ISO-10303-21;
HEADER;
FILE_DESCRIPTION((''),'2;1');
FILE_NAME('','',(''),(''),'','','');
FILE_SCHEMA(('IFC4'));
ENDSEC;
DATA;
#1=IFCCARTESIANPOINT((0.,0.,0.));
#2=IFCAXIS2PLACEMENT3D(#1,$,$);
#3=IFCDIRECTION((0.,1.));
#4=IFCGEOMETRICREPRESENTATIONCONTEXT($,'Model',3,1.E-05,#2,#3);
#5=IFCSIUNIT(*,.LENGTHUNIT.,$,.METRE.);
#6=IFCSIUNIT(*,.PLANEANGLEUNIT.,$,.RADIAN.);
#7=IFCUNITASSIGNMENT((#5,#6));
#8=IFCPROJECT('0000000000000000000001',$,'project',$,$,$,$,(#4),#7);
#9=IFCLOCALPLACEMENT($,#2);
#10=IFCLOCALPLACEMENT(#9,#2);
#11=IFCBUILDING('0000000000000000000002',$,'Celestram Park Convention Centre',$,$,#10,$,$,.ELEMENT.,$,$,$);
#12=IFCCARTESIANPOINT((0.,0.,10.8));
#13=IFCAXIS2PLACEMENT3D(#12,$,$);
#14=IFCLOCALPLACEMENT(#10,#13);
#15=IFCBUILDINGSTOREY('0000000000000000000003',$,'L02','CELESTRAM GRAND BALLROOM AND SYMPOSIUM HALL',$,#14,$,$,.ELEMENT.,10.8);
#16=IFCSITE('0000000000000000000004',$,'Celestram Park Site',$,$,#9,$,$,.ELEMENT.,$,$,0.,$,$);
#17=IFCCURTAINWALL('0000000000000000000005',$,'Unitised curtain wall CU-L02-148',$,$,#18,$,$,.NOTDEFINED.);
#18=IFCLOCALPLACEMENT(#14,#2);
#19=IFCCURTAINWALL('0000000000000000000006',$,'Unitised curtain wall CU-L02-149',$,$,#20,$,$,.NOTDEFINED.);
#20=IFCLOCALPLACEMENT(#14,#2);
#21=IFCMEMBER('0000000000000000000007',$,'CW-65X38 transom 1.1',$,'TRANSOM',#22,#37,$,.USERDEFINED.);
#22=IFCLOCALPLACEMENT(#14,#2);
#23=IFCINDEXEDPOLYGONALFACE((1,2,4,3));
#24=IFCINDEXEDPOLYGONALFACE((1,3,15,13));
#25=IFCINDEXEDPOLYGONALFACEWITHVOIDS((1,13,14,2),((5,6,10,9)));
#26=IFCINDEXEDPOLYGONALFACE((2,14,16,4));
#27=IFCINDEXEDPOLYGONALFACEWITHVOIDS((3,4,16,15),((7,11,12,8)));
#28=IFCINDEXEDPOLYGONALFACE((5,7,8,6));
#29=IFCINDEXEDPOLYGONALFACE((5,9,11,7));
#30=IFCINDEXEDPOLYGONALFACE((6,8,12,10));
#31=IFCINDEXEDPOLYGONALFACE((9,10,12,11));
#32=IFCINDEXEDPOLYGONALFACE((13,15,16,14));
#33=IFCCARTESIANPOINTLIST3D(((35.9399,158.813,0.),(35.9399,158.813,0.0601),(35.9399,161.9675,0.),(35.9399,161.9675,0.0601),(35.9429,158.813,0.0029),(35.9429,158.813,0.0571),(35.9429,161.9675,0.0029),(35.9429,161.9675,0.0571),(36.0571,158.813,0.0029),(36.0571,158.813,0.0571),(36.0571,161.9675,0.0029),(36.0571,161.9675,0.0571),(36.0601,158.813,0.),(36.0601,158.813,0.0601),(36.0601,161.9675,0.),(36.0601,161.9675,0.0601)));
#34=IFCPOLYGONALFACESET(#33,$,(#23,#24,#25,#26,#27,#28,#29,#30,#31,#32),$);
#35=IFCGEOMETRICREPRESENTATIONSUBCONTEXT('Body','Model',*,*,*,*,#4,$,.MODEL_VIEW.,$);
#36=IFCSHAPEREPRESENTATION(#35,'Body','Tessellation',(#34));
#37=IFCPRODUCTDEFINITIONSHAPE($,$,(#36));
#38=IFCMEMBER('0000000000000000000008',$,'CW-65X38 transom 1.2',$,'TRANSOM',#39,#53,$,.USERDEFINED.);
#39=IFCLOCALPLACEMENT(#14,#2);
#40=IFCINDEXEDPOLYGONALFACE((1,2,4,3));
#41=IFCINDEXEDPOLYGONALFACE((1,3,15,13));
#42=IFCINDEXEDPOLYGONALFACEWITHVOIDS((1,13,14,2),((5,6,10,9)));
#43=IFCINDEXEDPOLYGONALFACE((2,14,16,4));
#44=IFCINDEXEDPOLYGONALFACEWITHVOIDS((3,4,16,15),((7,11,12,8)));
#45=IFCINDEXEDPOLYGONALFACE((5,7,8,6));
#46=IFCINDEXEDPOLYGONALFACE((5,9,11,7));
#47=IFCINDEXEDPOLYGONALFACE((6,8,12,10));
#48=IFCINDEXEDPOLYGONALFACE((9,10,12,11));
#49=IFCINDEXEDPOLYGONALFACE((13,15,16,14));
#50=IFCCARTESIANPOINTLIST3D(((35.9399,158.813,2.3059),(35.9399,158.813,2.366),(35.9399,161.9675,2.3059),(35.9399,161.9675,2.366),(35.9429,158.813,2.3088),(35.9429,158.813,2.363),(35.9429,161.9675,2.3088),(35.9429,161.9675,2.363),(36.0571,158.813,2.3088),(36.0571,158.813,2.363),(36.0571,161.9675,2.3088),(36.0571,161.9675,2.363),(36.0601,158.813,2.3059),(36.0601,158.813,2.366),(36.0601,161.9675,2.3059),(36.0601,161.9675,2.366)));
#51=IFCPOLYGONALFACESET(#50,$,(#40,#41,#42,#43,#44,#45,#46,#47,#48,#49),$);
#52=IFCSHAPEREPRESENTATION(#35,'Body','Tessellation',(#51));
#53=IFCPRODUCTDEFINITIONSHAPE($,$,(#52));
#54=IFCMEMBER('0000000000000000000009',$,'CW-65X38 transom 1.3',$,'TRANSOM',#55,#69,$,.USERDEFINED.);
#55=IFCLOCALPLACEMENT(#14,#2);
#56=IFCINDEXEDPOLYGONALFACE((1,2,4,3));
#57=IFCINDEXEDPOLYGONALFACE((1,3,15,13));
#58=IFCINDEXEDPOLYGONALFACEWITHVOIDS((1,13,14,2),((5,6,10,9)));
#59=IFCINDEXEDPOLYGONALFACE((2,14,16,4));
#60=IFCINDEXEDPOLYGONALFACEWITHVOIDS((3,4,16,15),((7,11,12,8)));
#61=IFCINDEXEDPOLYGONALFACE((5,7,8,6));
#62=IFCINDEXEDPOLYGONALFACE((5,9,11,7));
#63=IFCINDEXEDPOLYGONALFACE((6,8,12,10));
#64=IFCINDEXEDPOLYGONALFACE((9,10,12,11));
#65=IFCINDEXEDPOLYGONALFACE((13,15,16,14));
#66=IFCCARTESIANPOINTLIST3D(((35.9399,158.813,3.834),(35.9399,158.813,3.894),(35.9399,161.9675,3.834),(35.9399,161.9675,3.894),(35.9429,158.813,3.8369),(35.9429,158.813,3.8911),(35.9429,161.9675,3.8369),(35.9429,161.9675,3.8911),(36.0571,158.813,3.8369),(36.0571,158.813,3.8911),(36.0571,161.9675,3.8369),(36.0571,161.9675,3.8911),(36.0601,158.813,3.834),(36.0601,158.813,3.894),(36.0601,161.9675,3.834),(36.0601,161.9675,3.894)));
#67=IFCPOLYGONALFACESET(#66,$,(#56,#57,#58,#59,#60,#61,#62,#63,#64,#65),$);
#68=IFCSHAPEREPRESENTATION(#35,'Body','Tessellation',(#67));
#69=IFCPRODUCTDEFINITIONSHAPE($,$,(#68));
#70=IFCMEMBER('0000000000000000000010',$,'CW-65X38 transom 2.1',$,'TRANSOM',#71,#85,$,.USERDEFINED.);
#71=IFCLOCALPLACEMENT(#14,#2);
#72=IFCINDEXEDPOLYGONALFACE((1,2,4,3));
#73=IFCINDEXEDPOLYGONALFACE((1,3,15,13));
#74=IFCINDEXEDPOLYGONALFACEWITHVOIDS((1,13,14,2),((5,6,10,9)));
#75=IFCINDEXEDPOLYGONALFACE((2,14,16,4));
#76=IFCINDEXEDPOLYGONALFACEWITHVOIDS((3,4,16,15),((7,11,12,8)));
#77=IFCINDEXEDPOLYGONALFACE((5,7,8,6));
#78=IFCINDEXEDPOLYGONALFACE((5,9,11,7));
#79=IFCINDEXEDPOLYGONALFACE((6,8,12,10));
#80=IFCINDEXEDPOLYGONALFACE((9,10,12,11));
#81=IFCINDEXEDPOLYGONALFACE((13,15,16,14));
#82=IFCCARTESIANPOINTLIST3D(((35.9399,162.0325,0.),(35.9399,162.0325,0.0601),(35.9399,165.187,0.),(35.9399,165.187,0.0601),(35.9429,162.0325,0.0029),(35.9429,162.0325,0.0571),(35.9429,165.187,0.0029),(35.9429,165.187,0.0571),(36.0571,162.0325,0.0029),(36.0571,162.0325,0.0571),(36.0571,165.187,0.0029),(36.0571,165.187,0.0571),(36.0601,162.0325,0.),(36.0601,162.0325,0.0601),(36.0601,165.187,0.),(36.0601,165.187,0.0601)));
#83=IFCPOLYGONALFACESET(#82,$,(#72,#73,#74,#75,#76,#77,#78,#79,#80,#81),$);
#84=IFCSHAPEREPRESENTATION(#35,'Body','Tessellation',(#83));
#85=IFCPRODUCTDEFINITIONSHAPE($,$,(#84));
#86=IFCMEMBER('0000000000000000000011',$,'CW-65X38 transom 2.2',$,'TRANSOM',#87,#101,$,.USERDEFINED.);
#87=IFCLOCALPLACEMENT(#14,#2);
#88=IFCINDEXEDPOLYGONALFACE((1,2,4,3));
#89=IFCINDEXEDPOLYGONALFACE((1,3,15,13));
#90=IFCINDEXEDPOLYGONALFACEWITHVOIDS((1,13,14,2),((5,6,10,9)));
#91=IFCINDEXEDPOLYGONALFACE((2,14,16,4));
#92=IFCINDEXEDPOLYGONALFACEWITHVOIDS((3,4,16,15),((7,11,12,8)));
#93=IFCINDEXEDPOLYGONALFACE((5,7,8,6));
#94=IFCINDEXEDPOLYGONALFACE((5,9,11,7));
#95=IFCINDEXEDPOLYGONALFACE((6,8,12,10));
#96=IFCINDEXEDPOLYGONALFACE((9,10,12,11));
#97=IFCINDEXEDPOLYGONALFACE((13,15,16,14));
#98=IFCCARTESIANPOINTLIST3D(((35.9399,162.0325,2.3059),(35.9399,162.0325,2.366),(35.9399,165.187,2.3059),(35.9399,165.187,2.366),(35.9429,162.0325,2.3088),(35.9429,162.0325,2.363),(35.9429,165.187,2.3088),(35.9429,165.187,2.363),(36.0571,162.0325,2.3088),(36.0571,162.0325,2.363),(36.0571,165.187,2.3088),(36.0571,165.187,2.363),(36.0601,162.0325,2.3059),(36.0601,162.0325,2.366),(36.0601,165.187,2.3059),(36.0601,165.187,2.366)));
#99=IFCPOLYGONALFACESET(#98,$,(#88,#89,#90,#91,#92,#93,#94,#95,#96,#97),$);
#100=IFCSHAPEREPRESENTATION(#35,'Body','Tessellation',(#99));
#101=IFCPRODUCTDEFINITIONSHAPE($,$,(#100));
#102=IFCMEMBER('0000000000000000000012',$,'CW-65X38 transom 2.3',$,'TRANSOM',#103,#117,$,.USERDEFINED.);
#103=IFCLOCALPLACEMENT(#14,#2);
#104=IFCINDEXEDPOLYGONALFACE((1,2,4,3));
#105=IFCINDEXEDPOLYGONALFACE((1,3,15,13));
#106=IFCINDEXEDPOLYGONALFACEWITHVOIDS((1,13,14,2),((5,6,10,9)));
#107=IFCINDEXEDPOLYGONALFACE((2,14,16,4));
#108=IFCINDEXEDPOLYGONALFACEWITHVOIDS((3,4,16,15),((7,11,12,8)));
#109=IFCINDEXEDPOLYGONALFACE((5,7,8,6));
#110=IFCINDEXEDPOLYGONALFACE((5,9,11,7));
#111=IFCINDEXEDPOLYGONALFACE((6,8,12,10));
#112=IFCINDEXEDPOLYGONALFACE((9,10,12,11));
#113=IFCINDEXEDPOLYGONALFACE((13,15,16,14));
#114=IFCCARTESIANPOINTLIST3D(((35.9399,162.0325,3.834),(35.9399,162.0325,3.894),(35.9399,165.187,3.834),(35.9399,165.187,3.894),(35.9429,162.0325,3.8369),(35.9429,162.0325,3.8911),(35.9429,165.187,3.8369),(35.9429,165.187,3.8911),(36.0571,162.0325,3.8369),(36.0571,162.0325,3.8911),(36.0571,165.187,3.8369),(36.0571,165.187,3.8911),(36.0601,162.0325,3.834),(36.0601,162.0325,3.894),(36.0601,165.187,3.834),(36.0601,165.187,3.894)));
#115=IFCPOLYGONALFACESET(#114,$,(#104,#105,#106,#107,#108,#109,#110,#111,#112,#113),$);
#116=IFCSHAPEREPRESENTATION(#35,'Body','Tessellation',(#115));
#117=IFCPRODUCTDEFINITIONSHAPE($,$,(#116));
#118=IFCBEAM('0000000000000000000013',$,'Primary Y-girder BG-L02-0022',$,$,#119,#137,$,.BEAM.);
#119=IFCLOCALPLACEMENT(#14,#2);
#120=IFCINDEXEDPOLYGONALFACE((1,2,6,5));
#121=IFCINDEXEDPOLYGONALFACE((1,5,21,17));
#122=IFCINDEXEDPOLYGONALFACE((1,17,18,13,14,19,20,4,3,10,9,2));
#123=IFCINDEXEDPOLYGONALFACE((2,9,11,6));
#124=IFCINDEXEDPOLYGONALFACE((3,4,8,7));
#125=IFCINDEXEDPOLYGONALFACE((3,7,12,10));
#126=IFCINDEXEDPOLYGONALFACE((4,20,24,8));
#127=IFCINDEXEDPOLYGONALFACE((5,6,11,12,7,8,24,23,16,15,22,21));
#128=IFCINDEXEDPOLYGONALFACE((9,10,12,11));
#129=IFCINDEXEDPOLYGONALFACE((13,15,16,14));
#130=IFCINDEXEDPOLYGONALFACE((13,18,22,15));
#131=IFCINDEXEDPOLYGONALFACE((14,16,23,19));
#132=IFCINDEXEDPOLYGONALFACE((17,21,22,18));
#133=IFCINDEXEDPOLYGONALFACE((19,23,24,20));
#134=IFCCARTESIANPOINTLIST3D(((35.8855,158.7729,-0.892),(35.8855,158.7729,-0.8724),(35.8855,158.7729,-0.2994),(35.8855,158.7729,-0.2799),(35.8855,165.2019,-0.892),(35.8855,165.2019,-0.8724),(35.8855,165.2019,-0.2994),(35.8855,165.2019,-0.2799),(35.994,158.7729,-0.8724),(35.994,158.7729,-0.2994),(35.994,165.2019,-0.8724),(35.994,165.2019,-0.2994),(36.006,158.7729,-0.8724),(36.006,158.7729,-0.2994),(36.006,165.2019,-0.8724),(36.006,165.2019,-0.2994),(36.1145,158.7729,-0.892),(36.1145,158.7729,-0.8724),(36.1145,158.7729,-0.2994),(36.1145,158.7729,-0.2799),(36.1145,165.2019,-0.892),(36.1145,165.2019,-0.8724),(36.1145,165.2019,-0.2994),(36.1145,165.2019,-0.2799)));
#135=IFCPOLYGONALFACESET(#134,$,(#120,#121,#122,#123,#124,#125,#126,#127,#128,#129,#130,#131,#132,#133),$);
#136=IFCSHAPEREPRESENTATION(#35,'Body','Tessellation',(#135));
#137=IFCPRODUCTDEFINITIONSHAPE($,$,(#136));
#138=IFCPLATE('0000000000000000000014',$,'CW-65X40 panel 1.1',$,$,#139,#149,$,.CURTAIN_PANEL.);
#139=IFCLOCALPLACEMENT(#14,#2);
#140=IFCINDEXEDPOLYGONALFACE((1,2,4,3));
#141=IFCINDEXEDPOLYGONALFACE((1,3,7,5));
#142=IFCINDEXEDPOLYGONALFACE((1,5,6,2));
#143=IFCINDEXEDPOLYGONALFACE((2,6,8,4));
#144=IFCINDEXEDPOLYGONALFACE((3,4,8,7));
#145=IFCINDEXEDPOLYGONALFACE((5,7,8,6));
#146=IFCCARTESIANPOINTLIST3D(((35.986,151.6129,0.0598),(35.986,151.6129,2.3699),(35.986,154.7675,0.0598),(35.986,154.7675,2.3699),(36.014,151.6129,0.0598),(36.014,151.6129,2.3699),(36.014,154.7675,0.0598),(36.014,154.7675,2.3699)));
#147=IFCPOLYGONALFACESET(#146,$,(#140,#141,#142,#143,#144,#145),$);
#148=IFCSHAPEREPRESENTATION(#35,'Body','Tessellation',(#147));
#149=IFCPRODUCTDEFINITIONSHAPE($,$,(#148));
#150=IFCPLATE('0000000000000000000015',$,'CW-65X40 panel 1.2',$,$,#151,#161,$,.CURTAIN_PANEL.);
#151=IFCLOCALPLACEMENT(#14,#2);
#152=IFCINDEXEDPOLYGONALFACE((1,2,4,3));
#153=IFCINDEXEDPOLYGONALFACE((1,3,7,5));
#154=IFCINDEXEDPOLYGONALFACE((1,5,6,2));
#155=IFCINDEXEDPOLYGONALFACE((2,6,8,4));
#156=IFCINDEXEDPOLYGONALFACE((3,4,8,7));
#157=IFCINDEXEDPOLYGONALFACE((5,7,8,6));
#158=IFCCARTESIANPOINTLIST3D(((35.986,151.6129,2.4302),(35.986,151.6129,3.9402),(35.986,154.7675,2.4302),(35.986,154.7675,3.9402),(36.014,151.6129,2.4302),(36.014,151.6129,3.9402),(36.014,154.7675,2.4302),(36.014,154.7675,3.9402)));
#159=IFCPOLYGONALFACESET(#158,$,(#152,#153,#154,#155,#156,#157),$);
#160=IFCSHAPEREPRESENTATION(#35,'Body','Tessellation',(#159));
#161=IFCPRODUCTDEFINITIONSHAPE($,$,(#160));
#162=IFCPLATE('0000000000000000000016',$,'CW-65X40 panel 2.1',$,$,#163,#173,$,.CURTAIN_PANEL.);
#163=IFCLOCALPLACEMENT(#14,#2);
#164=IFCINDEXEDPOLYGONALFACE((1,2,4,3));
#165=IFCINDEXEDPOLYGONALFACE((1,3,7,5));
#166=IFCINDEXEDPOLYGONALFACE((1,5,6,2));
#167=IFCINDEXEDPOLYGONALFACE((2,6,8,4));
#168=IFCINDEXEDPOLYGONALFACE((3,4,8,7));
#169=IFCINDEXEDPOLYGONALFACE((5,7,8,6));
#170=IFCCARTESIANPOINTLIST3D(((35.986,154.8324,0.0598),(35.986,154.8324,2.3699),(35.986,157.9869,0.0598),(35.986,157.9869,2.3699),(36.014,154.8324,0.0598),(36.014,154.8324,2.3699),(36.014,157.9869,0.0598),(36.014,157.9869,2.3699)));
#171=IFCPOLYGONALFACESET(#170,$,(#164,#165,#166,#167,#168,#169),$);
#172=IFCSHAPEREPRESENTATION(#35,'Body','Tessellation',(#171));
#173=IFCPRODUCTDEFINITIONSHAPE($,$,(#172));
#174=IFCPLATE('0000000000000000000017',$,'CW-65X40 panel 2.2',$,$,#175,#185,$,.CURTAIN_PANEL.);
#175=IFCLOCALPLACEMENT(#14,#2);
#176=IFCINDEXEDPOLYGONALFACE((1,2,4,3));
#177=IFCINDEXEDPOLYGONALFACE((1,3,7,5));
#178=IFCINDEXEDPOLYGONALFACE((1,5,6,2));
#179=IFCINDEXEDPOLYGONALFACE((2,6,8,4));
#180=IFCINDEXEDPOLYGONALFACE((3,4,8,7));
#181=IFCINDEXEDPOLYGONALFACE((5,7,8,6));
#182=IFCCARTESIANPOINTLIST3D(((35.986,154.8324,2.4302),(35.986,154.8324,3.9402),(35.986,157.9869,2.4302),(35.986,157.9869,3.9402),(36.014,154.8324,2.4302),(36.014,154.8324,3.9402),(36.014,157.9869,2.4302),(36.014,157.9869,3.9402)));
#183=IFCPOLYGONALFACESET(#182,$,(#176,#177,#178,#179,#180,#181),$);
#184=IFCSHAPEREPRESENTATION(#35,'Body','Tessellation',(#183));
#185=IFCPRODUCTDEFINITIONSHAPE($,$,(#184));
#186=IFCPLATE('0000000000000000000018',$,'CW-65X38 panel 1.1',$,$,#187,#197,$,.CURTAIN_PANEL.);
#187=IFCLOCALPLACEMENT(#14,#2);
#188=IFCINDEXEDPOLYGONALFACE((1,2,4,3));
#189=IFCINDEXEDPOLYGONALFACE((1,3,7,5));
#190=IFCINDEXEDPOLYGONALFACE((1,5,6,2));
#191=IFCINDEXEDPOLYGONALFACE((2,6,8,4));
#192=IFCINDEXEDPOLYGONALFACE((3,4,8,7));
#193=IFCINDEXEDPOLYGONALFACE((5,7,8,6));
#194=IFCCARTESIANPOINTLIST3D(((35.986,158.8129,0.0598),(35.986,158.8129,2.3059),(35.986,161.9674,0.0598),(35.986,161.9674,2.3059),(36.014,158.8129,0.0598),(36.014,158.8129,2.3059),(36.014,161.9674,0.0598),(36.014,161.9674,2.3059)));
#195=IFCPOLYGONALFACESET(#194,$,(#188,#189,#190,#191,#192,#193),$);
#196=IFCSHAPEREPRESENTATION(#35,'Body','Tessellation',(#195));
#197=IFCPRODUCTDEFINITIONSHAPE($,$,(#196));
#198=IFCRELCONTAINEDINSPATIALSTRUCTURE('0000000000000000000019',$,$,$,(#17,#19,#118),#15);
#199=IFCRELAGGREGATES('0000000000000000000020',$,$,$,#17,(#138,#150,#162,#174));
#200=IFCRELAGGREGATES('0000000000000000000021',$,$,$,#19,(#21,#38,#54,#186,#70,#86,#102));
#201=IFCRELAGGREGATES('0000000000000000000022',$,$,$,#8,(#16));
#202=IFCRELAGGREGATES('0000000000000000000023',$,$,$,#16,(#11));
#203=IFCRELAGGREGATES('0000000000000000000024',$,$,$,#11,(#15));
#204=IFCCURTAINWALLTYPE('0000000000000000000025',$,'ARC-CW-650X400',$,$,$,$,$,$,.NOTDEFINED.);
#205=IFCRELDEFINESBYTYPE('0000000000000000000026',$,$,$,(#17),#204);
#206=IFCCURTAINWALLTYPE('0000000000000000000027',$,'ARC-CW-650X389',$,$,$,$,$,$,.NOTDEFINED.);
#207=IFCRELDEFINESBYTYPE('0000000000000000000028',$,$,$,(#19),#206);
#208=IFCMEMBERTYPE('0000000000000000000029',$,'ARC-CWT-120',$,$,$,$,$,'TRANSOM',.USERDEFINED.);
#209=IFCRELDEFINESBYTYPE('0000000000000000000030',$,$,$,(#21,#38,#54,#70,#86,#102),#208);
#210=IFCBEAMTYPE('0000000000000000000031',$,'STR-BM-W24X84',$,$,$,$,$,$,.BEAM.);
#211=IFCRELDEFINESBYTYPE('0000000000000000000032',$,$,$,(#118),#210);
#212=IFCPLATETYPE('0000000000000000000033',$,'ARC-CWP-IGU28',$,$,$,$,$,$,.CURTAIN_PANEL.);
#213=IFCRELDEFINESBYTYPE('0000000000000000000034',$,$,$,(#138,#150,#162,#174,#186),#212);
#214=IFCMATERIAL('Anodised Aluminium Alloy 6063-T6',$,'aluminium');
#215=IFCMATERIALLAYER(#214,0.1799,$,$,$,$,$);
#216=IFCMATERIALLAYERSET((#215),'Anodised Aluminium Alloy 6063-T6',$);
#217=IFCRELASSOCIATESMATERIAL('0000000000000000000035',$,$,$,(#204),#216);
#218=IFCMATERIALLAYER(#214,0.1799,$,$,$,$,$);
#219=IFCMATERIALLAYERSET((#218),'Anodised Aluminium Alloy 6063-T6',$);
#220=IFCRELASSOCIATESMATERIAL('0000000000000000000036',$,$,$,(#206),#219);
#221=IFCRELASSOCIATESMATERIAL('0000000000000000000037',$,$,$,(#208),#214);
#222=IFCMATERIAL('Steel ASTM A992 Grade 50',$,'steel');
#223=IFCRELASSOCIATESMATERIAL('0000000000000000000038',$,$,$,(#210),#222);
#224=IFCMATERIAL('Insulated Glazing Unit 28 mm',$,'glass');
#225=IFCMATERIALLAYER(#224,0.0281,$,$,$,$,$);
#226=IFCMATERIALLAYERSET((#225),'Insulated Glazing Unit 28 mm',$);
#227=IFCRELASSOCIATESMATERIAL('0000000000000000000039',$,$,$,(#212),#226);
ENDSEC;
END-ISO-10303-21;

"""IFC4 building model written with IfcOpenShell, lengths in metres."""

from ifc_helpers import new_model, si_unit, direction, frame, origin, origin_2d, place, context, subcontext, project, spatial, rectangle, hollow_rectangle, i_section, extrude, material, layer, layer_set, material_profile, profile_set, type_object, element, aggregate, save


model = new_model("IFC4")

# Units and contexts
model_context = context("Model", 3, precision=1e-05, world=origin(), true_north=direction((0.0, 1.0)))
body_context = subcontext(model_context, "Body", "Model", "MODEL_VIEW")
ifc_project = project(units=[si_unit("LENGTHUNIT", "METRE"), si_unit("PLANEANGLEUNIT", "RADIAN")], contexts=[model_context])

# Site, building, storey
site_placement = place(None, origin())
site = spatial("IfcSite", under=ifc_project, at=site_placement, Name="Celestram Park Site", CompositionType="ELEMENT", RefElevation=0.0)
building_placement = place(site_placement, origin())
building = spatial("IfcBuilding", under=site, at=building_placement, Name="Celestram Park Convention Centre", CompositionType="ELEMENT")
storey_placement = place(building_placement, frame((0.0, 0.0, 10.8)))
storey = spatial("IfcBuildingStorey", under=building, at=storey_placement, Name="L02", Description="CELESTRAM GRAND BALLROOM AND SYMPOSIUM HALL", CompositionType="ELEMENT", Elevation=10.8)

# Curtain walls
ifc_material_1 = material(Name="Anodised Aluminium Alloy 6063-T6", Category="aluminium")
ifc_layer_1 = layer(ifc_material_1, 0.1799)
ifc_layer_set_1 = layer_set([ifc_layer_1], Name="Anodised Aluminium Alloy 6063-T6")
curtain_wall_type_1 = type_object("IfcCurtainWallType", Name="ARC-CW-650X400", PredefinedType="NOTDEFINED", material=ifc_layer_set_1)
curtain_wall_1_placement = place(storey_placement, origin())
curtain_wall_1 = element("IfcCurtainWall", 1, at=curtain_wall_1_placement, inside=storey, type_object=curtain_wall_type_1, Name="Unitised curtain wall CU-L02-148", PredefinedType="NOTDEFINED")
ifc_layer_2 = layer(ifc_material_1, 0.1799)
ifc_layer_set_2 = layer_set([ifc_layer_2], Name="Anodised Aluminium Alloy 6063-T6")
curtain_wall_type_2 = type_object("IfcCurtainWallType", Name="ARC-CW-650X389", PredefinedType="NOTDEFINED", material=ifc_layer_set_2)
curtain_wall_2_placement = place(storey_placement, origin())
curtain_wall_2 = element("IfcCurtainWall", 2, at=curtain_wall_2_placement, inside=storey, type_object=curtain_wall_type_2, Name="Unitised curtain wall CU-L02-149", PredefinedType="NOTDEFINED")

# Members
ifc_material_profile_1 = material_profile(ifc_material_1, hollow_rectangle(XDim=0.1201, YDim=0.0601, WallThickness=0.0029, at=origin_2d()), Name="ALU120X60X3")
ifc_profile_set_1 = profile_set([ifc_material_profile_1], Name="Anodised Aluminium Alloy 6063-T6")
member_type_1 = type_object("IfcMemberType", Name="ARC-CWT-120", ElementType="TRANSOM", PredefinedType="USERDEFINED", material=ifc_profile_set_1)
member_1_placement = place(storey_placement, frame((36.0, 158.813, 0.03), z_axis=(0.0, 1.0, 0.0), x_axis=(-1.0, 0.0, 0.0)))
member_1 = element("IfcMember", 3, at=member_1_placement, type_object=member_type_1, Name="CW-65X38 transom 1.1", ObjectType="TRANSOM", PredefinedType="USERDEFINED", context=body_context, shape_type="SweptSolid", body=[
    extrude(hollow_rectangle(XDim=0.1201, YDim=0.0601, WallThickness=0.0029, at=origin_2d()), origin(), (0.0, 0.0, 1.0), 3.1545),
])
member_2_placement = place(storey_placement, frame((36.0, 158.813, 2.3359), z_axis=(0.0, 1.0, 0.0), x_axis=(-1.0, 0.0, 0.0)))
member_2 = element("IfcMember", 4, at=member_2_placement, type_object=member_type_1, Name="CW-65X38 transom 1.2", ObjectType="TRANSOM", PredefinedType="USERDEFINED", context=body_context, shape_type="SweptSolid", body=[
    extrude(hollow_rectangle(XDim=0.1201, YDim=0.0601, WallThickness=0.0029, at=origin_2d()), origin(), (0.0, 0.0, 1.0), 3.1545),
])
member_3_placement = place(storey_placement, frame((36.0, 158.813, 3.864), z_axis=(0.0, 1.0, 0.0), x_axis=(-1.0, 0.0, 0.0)))
member_3 = element("IfcMember", 5, at=member_3_placement, type_object=member_type_1, Name="CW-65X38 transom 1.3", ObjectType="TRANSOM", PredefinedType="USERDEFINED", context=body_context, shape_type="SweptSolid", body=[
    extrude(hollow_rectangle(XDim=0.1201, YDim=0.0601, WallThickness=0.0029, at=origin_2d()), origin(), (0.0, 0.0, 1.0), 3.1545),
])
member_4_placement = place(storey_placement, frame((36.0, 162.0325, 0.03), z_axis=(0.0, 1.0, 0.0), x_axis=(-1.0, 0.0, 0.0)))
member_4 = element("IfcMember", 6, at=member_4_placement, type_object=member_type_1, Name="CW-65X38 transom 2.1", ObjectType="TRANSOM", PredefinedType="USERDEFINED", context=body_context, shape_type="SweptSolid", body=[
    extrude(hollow_rectangle(XDim=0.1201, YDim=0.0601, WallThickness=0.0029, at=origin_2d()), origin(), (0.0, 0.0, 1.0), 3.1545),
])
member_5_placement = place(storey_placement, frame((36.0, 162.0325, 2.3359), z_axis=(0.0, 1.0, 0.0), x_axis=(-1.0, 0.0, 0.0)))
member_5 = element("IfcMember", 7, at=member_5_placement, type_object=member_type_1, Name="CW-65X38 transom 2.2", ObjectType="TRANSOM", PredefinedType="USERDEFINED", context=body_context, shape_type="SweptSolid", body=[
    extrude(hollow_rectangle(XDim=0.1201, YDim=0.0601, WallThickness=0.0029, at=origin_2d()), origin(), (0.0, 0.0, 1.0), 3.1545),
])
member_6_placement = place(storey_placement, frame((36.0, 162.0325, 3.864), z_axis=(0.0, 1.0, 0.0), x_axis=(-1.0, 0.0, 0.0)))
member_6 = element("IfcMember", 8, at=member_6_placement, type_object=member_type_1, Name="CW-65X38 transom 2.3", ObjectType="TRANSOM", PredefinedType="USERDEFINED", context=body_context, shape_type="SweptSolid", body=[
    extrude(hollow_rectangle(XDim=0.1201, YDim=0.0601, WallThickness=0.0029, at=origin_2d()), origin(), (0.0, 0.0, 1.0), 3.1545),
])

# Beam
ifc_material_2 = material(Name="Steel ASTM A992 Grade 50", Category="steel")
ifc_material_profile_2 = material_profile(ifc_material_2, i_section(OverallWidth=0.229, OverallDepth=0.6121, WebThickness=0.012, FlangeThickness=0.0195, at=origin_2d()), Name="W24X84")
ifc_profile_set_2 = profile_set([ifc_material_profile_2], Name="Steel ASTM A992 Grade 50")
beam_type = type_object("IfcBeamType", Name="STR-BM-W24X84", PredefinedType="BEAM", material=ifc_profile_set_2)
beam_placement = place(storey_placement, frame((36.0, 158.7729, -0.5859), z_axis=(0.0, 1.0, 0.0), x_axis=(-1.0, 0.0, 0.0)))
element("IfcBeam", 9, at=beam_placement, inside=storey, type_object=beam_type, Name="Primary Y-girder BG-L02-0022", PredefinedType="BEAM", context=body_context, shape_type="SweptSolid", body=[
    extrude(i_section(OverallWidth=0.229, OverallDepth=0.6121, WebThickness=0.012, FlangeThickness=0.0195, at=origin_2d()), origin(), (0.0, 0.0, 1.0), 6.429),
])

# Plates
ifc_material_3 = material(Name="Insulated Glazing Unit 28 mm", Category="glass")
ifc_layer_3 = layer(ifc_material_3, 0.0281)
ifc_layer_set_3 = layer_set([ifc_layer_3], Name="Insulated Glazing Unit 28 mm")
plate_type = type_object("IfcPlateType", Name="ARC-CWP-IGU28", PredefinedType="CURTAIN_PANEL", material=ifc_layer_set_3)
plate_1_placement = place(storey_placement, frame((36.0, 153.1902, 0.0598), z_axis=(0.0, 0.0, 1.0), x_axis=(0.0, 1.0, 0.0)))
plate_1 = element("IfcPlate", 10, at=plate_1_placement, type_object=plate_type, Name="CW-65X40 panel 1.1", PredefinedType="CURTAIN_PANEL", context=body_context, shape_type="SweptSolid", body=[
    extrude(rectangle(XDim=3.1545, YDim=0.0281, at=origin_2d()), origin(), (0.0, 0.0, 1.0), 2.3101),
])
plate_2_placement = place(storey_placement, frame((36.0, 153.1902, 2.4302), z_axis=(0.0, 0.0, 1.0), x_axis=(0.0, 1.0, 0.0)))
plate_2 = element("IfcPlate", 11, at=plate_2_placement, type_object=plate_type, Name="CW-65X40 panel 1.2", PredefinedType="CURTAIN_PANEL", context=body_context, shape_type="SweptSolid", body=[
    extrude(rectangle(XDim=3.1545, YDim=0.0281, at=origin_2d()), origin(), (0.0, 0.0, 1.0), 1.51),
])
plate_3_placement = place(storey_placement, frame((36.0, 156.4097, 0.0598), z_axis=(0.0, 0.0, 1.0), x_axis=(0.0, 1.0, 0.0)))
plate_3 = element("IfcPlate", 12, at=plate_3_placement, type_object=plate_type, Name="CW-65X40 panel 2.1", PredefinedType="CURTAIN_PANEL", context=body_context, shape_type="SweptSolid", body=[
    extrude(rectangle(XDim=3.1545, YDim=0.0281, at=origin_2d()), origin(), (0.0, 0.0, 1.0), 2.3101),
])
plate_4_placement = place(storey_placement, frame((36.0, 156.4097, 2.4302), z_axis=(0.0, 0.0, 1.0), x_axis=(0.0, 1.0, 0.0)))
plate_4 = element("IfcPlate", 13, at=plate_4_placement, type_object=plate_type, Name="CW-65X40 panel 2.2", PredefinedType="CURTAIN_PANEL", context=body_context, shape_type="SweptSolid", body=[
    extrude(rectangle(XDim=3.1545, YDim=0.0281, at=origin_2d()), origin(), (0.0, 0.0, 1.0), 1.51),
])
aggregate(curtain_wall_1, [plate_1, plate_2, plate_3, plate_4])
plate_5_placement = place(storey_placement, frame((36.0, 160.3901, 0.0598), z_axis=(0.0, 0.0, 1.0), x_axis=(0.0, 1.0, 0.0)))
plate_5 = element("IfcPlate", 14, at=plate_5_placement, type_object=plate_type, Name="CW-65X38 panel 1.1", PredefinedType="CURTAIN_PANEL", context=body_context, shape_type="SweptSolid", body=[
    extrude(rectangle(XDim=3.1545, YDim=0.0281, at=origin_2d()), origin(), (0.0, 0.0, 1.0), 2.2461),
])
aggregate(curtain_wall_2, [member_1, member_2, member_3, plate_5, member_4, member_5, member_6])

save(model, "model.ifc")
